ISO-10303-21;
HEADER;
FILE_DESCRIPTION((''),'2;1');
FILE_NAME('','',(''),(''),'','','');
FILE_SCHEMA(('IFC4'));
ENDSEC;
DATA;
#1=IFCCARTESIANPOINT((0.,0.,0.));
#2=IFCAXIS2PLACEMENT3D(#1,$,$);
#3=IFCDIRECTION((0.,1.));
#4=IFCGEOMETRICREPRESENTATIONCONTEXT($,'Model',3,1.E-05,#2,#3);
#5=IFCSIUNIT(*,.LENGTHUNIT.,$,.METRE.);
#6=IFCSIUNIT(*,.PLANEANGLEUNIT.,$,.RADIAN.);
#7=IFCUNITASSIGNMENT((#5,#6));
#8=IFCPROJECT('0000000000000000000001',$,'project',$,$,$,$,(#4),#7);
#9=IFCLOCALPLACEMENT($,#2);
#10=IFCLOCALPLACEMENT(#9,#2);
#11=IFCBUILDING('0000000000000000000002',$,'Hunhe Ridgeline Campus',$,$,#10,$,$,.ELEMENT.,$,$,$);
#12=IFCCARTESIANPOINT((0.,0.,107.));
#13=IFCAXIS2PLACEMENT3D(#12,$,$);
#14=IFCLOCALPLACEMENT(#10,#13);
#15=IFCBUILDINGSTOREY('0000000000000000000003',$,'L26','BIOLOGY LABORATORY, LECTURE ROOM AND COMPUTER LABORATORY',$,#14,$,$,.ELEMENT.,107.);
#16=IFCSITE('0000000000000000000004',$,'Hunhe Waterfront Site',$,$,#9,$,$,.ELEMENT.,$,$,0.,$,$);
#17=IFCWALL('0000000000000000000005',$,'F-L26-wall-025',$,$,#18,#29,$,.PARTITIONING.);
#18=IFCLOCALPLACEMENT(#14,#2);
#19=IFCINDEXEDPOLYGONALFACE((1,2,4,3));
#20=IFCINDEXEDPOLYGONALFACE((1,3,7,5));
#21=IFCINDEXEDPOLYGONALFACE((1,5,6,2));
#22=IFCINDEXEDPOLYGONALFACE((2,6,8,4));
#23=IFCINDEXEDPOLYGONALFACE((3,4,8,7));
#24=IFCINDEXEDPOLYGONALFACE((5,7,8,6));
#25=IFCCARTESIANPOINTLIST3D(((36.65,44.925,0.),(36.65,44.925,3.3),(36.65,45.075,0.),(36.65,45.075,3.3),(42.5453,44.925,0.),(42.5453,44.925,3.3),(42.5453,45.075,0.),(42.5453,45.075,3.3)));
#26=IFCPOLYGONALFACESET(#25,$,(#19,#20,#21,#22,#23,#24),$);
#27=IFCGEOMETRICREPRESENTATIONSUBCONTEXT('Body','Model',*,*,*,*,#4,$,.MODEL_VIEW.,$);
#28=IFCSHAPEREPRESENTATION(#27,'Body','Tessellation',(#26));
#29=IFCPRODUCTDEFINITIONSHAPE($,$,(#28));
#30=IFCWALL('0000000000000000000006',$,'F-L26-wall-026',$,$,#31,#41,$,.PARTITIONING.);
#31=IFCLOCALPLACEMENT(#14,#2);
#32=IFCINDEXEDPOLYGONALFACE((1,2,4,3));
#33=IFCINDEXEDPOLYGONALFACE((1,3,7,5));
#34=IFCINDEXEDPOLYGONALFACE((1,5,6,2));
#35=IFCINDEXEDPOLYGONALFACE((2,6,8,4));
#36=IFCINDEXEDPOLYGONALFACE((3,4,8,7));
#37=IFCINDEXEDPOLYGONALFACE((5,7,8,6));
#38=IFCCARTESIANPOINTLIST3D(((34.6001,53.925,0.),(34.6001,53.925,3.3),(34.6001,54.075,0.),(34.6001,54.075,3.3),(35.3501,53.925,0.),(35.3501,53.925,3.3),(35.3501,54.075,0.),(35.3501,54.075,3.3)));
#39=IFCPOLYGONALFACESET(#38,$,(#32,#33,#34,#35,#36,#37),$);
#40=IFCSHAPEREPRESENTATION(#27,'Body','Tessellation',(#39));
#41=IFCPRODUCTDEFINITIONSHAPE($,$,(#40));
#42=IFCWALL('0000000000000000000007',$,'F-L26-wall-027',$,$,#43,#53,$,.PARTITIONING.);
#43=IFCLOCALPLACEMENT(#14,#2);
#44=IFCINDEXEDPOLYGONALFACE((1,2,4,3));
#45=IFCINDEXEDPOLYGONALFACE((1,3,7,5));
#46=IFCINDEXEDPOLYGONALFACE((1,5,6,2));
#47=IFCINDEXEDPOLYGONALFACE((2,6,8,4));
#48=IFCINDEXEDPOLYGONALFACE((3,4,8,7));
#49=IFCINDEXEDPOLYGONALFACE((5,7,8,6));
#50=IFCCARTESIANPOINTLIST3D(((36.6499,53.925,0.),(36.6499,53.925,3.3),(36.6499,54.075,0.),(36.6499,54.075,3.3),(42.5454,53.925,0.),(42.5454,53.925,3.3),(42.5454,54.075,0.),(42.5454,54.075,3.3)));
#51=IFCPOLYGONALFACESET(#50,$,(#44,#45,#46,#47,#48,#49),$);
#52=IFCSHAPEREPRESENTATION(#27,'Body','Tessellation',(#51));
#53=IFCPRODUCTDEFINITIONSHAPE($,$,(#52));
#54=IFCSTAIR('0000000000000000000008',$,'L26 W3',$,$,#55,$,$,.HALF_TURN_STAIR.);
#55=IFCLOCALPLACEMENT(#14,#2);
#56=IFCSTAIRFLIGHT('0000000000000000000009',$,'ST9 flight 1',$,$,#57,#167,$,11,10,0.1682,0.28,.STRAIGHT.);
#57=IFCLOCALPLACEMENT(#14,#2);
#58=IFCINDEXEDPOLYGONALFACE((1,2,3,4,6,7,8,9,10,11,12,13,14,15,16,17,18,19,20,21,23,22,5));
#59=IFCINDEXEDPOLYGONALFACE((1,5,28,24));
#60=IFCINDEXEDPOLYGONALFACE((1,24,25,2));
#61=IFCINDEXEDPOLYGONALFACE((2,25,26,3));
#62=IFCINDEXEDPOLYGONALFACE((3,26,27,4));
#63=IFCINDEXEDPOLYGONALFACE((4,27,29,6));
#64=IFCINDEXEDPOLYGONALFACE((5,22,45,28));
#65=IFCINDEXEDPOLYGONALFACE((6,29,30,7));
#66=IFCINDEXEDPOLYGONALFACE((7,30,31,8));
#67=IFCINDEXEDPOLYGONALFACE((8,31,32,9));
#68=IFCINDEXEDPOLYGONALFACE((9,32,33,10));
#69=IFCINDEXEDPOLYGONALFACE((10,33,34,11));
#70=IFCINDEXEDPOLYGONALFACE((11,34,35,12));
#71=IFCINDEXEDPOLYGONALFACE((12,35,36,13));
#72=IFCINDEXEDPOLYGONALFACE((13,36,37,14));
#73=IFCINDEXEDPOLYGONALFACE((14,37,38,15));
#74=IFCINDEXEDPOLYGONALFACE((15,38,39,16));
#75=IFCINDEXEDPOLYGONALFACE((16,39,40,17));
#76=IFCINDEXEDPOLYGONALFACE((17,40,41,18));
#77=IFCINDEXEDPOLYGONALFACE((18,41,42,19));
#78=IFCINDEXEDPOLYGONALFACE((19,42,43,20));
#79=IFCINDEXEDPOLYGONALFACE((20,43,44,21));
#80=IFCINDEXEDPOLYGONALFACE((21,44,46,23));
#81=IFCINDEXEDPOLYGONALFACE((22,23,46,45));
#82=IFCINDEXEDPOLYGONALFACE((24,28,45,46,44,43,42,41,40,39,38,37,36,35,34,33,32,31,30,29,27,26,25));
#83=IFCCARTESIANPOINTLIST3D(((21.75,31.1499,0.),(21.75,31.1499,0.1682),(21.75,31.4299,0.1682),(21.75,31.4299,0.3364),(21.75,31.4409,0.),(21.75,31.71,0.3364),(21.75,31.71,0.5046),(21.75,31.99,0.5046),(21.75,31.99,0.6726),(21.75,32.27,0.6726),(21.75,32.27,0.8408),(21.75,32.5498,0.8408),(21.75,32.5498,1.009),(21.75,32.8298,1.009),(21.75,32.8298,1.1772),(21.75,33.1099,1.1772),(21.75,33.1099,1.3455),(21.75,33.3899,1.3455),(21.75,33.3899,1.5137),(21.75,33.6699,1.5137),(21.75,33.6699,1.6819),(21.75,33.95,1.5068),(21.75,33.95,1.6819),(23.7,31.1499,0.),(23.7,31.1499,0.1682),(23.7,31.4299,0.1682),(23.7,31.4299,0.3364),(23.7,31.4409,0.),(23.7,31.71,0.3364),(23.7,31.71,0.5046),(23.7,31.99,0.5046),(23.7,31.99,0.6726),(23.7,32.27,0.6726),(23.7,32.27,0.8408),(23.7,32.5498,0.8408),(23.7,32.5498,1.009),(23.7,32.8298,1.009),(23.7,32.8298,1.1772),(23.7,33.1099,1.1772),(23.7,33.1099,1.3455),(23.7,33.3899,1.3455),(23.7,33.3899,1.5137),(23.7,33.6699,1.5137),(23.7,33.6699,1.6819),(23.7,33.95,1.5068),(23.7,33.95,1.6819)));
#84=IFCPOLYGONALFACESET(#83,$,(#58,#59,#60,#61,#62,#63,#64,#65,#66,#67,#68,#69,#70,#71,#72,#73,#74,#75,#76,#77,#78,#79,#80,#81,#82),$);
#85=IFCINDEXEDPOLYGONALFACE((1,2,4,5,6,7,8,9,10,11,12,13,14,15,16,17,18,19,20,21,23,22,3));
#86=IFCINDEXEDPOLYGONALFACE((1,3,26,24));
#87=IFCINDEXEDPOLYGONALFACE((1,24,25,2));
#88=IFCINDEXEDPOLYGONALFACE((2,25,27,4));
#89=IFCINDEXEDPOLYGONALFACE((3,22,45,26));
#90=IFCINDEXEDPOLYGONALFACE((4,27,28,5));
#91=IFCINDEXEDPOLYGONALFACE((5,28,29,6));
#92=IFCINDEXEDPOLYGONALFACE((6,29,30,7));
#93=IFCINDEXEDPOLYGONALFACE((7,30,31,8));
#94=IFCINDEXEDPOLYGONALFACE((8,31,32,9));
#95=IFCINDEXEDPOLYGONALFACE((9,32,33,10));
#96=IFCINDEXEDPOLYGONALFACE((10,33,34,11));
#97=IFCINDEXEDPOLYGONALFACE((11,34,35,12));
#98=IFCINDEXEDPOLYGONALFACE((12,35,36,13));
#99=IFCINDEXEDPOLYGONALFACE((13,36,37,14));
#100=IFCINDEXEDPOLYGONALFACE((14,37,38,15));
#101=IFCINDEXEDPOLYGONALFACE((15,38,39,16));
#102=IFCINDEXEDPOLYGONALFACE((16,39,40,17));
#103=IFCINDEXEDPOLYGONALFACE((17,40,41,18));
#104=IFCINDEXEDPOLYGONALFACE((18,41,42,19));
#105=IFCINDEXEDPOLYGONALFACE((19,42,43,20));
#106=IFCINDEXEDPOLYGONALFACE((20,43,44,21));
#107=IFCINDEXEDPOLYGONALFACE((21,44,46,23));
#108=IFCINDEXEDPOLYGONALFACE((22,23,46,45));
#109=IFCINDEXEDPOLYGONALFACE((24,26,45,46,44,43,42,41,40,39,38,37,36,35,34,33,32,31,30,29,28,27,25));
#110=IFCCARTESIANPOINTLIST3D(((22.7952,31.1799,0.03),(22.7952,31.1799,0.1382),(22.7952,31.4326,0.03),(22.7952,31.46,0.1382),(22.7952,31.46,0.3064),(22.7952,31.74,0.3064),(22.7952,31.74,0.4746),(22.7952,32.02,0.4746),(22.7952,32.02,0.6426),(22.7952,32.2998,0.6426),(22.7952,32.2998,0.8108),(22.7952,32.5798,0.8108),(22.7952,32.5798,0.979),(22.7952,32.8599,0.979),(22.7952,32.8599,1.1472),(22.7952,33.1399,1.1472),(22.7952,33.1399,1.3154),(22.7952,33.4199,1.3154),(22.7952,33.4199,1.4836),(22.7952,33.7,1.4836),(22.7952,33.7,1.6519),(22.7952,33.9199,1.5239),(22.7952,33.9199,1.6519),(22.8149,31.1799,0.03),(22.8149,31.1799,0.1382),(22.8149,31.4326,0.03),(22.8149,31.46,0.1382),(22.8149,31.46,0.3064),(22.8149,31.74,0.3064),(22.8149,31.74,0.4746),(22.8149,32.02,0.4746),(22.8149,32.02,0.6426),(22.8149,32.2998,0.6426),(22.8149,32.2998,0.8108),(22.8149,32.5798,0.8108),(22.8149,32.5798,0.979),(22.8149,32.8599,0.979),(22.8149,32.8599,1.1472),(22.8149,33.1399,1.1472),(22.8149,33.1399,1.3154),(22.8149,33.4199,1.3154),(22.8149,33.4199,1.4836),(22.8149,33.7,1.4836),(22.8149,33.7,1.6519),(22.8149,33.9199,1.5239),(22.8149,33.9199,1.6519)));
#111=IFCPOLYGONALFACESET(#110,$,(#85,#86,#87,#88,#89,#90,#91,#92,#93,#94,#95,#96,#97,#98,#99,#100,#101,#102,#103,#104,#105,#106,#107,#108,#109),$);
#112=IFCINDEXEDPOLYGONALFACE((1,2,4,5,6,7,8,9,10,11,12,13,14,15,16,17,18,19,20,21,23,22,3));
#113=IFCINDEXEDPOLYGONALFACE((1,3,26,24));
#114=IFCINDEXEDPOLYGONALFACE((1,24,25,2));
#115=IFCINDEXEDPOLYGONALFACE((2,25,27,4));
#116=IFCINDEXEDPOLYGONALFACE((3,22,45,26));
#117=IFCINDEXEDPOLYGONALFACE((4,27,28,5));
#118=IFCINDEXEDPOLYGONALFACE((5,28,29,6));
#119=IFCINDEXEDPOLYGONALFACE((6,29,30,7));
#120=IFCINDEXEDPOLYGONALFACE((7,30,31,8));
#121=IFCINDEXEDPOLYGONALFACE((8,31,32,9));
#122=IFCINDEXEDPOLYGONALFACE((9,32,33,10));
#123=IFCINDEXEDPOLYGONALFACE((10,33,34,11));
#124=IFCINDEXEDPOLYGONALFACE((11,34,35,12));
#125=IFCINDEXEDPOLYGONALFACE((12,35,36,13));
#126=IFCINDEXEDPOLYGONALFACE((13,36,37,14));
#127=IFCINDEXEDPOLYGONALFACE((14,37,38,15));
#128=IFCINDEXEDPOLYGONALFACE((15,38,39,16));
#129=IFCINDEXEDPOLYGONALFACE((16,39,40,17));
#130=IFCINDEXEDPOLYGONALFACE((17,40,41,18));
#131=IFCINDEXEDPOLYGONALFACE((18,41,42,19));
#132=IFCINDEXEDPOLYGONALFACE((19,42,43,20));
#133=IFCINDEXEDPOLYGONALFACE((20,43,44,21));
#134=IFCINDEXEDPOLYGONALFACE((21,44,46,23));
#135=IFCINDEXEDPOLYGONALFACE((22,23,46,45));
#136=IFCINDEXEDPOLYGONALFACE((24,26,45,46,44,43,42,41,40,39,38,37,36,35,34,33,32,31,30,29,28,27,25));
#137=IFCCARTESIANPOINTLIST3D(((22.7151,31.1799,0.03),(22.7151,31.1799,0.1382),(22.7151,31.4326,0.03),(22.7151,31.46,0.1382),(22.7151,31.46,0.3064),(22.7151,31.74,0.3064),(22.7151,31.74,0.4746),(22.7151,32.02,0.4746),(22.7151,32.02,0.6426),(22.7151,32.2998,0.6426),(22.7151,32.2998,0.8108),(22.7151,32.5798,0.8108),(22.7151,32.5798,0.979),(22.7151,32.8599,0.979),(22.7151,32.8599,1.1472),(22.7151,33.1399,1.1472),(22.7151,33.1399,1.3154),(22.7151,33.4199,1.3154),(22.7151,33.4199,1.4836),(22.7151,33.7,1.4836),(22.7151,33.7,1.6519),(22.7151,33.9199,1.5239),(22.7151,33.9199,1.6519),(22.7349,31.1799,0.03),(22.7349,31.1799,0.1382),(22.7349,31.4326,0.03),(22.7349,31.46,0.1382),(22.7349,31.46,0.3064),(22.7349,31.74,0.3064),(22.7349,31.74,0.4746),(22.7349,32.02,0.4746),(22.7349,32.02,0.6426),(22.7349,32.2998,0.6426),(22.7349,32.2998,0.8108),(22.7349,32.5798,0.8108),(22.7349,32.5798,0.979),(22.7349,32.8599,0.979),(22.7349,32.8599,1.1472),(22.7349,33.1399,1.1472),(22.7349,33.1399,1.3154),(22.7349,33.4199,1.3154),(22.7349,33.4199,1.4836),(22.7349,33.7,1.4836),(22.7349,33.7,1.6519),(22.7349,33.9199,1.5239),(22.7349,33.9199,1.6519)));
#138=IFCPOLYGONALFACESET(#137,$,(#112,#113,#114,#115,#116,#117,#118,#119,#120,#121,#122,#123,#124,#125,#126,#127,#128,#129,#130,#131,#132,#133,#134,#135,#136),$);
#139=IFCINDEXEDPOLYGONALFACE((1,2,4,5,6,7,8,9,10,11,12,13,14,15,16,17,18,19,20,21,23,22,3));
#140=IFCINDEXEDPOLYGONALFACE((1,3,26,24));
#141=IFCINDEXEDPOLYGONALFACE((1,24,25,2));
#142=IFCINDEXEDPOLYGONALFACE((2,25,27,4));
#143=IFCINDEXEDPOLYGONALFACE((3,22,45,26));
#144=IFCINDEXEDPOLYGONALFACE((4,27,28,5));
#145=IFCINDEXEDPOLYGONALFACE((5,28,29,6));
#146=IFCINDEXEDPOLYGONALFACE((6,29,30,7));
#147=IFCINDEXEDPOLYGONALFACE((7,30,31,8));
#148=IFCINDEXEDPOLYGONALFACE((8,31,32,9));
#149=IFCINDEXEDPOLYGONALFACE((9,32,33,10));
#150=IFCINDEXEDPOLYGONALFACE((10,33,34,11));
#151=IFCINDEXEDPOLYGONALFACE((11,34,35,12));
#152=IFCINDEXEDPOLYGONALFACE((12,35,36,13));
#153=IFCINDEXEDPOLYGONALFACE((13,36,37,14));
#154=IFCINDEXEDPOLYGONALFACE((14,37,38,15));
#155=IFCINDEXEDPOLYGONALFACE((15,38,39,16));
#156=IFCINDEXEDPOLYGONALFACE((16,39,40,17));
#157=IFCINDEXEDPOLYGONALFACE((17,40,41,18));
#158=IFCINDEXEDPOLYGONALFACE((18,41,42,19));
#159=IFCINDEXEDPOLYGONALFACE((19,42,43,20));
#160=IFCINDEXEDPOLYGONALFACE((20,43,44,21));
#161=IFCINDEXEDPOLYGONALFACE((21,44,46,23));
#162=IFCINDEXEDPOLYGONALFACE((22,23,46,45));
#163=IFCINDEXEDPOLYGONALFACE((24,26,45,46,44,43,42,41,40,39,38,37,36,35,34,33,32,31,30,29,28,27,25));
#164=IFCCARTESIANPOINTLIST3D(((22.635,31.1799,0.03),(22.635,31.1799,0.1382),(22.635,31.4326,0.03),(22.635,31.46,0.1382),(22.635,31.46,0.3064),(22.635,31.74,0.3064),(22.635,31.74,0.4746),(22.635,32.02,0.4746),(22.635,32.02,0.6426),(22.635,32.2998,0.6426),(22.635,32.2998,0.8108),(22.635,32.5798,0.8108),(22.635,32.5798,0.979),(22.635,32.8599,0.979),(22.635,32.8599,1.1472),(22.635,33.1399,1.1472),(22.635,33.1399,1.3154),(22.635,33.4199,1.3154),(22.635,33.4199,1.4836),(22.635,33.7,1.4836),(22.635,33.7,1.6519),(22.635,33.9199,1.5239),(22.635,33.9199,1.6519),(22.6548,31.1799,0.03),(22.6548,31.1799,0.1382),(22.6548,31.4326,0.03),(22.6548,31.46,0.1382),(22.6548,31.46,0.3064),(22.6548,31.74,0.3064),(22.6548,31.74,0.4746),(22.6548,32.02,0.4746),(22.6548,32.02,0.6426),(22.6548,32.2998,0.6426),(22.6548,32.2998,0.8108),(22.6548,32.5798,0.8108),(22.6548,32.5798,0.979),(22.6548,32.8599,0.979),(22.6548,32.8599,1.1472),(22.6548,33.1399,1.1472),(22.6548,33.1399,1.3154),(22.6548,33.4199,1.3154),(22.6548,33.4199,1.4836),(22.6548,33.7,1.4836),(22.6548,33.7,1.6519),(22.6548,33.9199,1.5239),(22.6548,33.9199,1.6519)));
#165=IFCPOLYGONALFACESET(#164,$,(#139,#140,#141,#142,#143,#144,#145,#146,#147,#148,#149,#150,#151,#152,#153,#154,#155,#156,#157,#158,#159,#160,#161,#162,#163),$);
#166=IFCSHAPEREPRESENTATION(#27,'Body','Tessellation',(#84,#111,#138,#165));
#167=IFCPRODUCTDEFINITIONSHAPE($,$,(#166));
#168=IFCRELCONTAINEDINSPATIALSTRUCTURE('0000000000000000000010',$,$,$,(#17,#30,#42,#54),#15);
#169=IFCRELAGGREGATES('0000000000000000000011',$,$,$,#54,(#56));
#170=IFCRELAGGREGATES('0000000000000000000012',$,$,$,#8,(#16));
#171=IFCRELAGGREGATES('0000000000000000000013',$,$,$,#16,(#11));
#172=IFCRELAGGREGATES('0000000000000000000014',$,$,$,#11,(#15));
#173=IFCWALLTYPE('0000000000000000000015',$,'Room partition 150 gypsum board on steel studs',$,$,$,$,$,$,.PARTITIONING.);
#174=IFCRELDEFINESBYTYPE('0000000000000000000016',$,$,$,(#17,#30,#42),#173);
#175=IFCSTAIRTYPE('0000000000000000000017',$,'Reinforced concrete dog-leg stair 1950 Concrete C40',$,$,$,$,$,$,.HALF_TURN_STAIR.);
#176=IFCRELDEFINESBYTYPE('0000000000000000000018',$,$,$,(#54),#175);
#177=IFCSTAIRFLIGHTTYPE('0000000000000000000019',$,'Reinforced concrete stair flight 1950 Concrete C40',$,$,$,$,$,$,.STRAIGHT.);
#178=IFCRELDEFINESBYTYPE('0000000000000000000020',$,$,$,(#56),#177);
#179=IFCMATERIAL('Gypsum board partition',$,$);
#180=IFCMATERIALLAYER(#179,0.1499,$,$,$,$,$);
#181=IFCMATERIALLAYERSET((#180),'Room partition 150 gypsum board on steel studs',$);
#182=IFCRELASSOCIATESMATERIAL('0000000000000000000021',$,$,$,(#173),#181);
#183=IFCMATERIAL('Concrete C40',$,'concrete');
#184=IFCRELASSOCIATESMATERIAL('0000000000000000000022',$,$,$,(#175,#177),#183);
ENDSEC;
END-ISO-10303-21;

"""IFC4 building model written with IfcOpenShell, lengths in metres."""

from ifc_helpers import new_model, si_unit, direction, frame, frame_2d, origin, place, context, subcontext, project, spatial, polyline, rectangle, outline, extrude, material, layer, layer_set, type_object, element, aggregate, save


model = new_model("IFC4")

# Units and contexts
model_context = context("Model", 3, precision=1e-05, world=origin(), true_north=direction((0.0, 1.0)))
body_context = subcontext(model_context, "Body", "Model", "MODEL_VIEW")
ifc_project = project(units=[si_unit("LENGTHUNIT", "METRE"), si_unit("PLANEANGLEUNIT", "RADIAN")], contexts=[model_context])

# Site, building, storey
site_placement = place(None, origin())
site = spatial("IfcSite", under=ifc_project, at=site_placement, Name="Hunhe Waterfront Site", CompositionType="ELEMENT", RefElevation=0.0)
building_placement = place(site_placement, origin())
building = spatial("IfcBuilding", under=site, at=building_placement, Name="Hunhe Ridgeline Campus", CompositionType="ELEMENT")
storey_placement = place(building_placement, frame((0.0, 0.0, 107.0)))
storey = spatial("IfcBuildingStorey", under=building, at=storey_placement, Name="L26", Description="BIOLOGY LABORATORY, LECTURE ROOM AND COMPUTER LABORATORY", CompositionType="ELEMENT", Elevation=107.0)

# Shared definitions
ifc_material_1 = material(Name="Gypsum board partition")

# Walls
ifc_layer_1 = layer(ifc_material_1, 0.1499)
ifc_layer_set_1 = layer_set([ifc_layer_1], Name="Room partition 150 gypsum board on steel studs")
wall_type_1 = type_object("IfcWallType", Name="Room partition 150 gypsum board on steel studs", PredefinedType="PARTITIONING", material=ifc_layer_set_1)
wall_1_placement = place(storey_placement, frame((36.6499, 45.0, 0.0), z_axis=(0.0, 0.0, 1.0), x_axis=(1.0, 0.0, 0.0)))
element("IfcWall", 1, at=wall_1_placement, inside=storey, type_object=wall_type_1, Name="F-L26-wall-025", PredefinedType="PARTITIONING", context=body_context, shape_type="SweptSolid", body=[
    extrude(rectangle(XDim=5.8953, YDim=0.1499, at=frame_2d((2.9478, 0.0))), origin(), (0.0, 0.0, 1.0), 3.3),
])
wall_2_placement = place(storey_placement, frame((34.6001, 54.0, 0.0), z_axis=(0.0, 0.0, 1.0), x_axis=(1.0, 0.0, 0.0)))
element("IfcWall", 2, at=wall_2_placement, inside=storey, type_object=wall_type_1, Name="F-L26-wall-026", PredefinedType="PARTITIONING", context=body_context, shape_type="SweptSolid", body=[
    extrude(rectangle(XDim=0.75, YDim=0.1499, at=frame_2d((0.375, 0.0))), origin(), (0.0, 0.0, 1.0), 3.3),
])
wall_3_placement = place(storey_placement, frame((36.6499, 54.0, 0.0), z_axis=(0.0, 0.0, 1.0), x_axis=(1.0, 0.0, 0.0)))
element("IfcWall", 3, at=wall_3_placement, inside=storey, type_object=wall_type_1, Name="F-L26-wall-027", PredefinedType="PARTITIONING", context=body_context, shape_type="SweptSolid", body=[
    extrude(rectangle(XDim=5.8955, YDim=0.1499, at=frame_2d((2.9478, 0.0))), origin(), (0.0, 0.0, 1.0), 3.3),
])

# Stair, stair flight
ifc_material_2 = material(Name="Concrete C40", Category="concrete")
stair_type = type_object("IfcStairType", Name="Reinforced concrete dog-leg stair 1950 Concrete C40", PredefinedType="HALF_TURN_STAIR", material=ifc_material_2)
stair_placement = place(storey_placement, origin())
stair = element("IfcStair", 4, at=stair_placement, inside=storey, type_object=stair_type, Name="L26 W3", PredefinedType="HALF_TURN_STAIR")
stair_flight_type = type_object("IfcStairFlightType", Name="Reinforced concrete stair flight 1950 Concrete C40", PredefinedType="STRAIGHT", material=ifc_material_2)
stair_flight_placement = place(storey_placement, frame((22.7251, 31.1499, 0.0), z_axis=(0.0, 0.0, 1.0), x_axis=(0.0, 1.0, 0.0)))
stair_flight = element("IfcStairFlight", 5, at=stair_flight_placement, type_object=stair_flight_type, Name="ST9 flight 1", NumberOfRisers=11, NumberOfTreads=10, PredefinedType="STRAIGHT", RiserHeight=0.1682, TreadLength=0.28, context=body_context, shape_type="SweptSolid", body=[
    extrude(outline(polyline([(0.0, 0.0), (0.0, 0.1682), (0.28, 0.1682), (0.28, 0.3364), (0.5601, 0.3364), (0.5601, 0.5046), (0.8401, 0.5046), (0.8401, 0.6726), (1.1201, 0.6726), (1.1201, 0.8408), (1.3999, 0.8408), (1.3999, 1.009), (1.6799, 1.009), (1.6799, 1.1772), (1.96, 1.1772), (1.96, 1.3455), (2.24, 1.3455), (2.24, 1.5137), (2.52, 1.5137), (2.52, 1.6819), (2.8, 1.6819), (2.8, 1.8501), (2.8, 1.5068), (0.291, 0.0), (0.0, 0.0)])), frame((0.0, 0.9751, 0.0), z_axis=(0.0, -1.0, 0.0), x_axis=(1.0, 0.0, 0.0)), (0.0, 0.0, 1.0), 1.95),
    extrude(outline(polyline([(0.03, 0.03), (0.03, 0.1382), (0.3101, 0.1382), (0.3101, 0.3064), (0.5901, 0.3064), (0.5901, 0.4746), (0.8701, 0.4746), (0.8701, 0.6426), (1.1499, 0.6426), (1.1499, 0.8108), (1.4299, 0.8108), (1.4299, 0.979), (1.71, 0.979), (1.71, 1.1472), (1.99, 1.1472), (1.99, 1.3154), (2.27, 1.3154), (2.27, 1.4836), (2.55, 1.4836), (2.55, 1.6519), (2.77, 1.6519), (2.77, 1.5239), (0.2827, 0.03), (0.03, 0.03)])), frame((0.0, -0.0701, 0.0), z_axis=(0.0, -1.0, 0.0), x_axis=(1.0, 0.0, 0.0)), (0.0, 0.0, 1.0), 0.0198),
    extrude(outline(polyline([(0.03, 0.03), (0.03, 0.1382), (0.3101, 0.1382), (0.3101, 0.3064), (0.5901, 0.3064), (0.5901, 0.4746), (0.8701, 0.4746), (0.8701, 0.6426), (1.1499, 0.6426), (1.1499, 0.8108), (1.4299, 0.8108), (1.4299, 0.979), (1.71, 0.979), (1.71, 1.1472), (1.99, 1.1472), (1.99, 1.3154), (2.27, 1.3154), (2.27, 1.4836), (2.55, 1.4836), (2.55, 1.6519), (2.77, 1.6519), (2.77, 1.5239), (0.2827, 0.03), (0.03, 0.03)])), frame((0.0, 0.01, 0.0), z_axis=(0.0, -1.0, 0.0), x_axis=(1.0, 0.0, 0.0)), (0.0, 0.0, 1.0), 0.0198),
    extrude(outline(polyline([(0.03, 0.03), (0.03, 0.1382), (0.3101, 0.1382), (0.3101, 0.3064), (0.5901, 0.3064), (0.5901, 0.4746), (0.8701, 0.4746), (0.8701, 0.6426), (1.1499, 0.6426), (1.1499, 0.8108), (1.4299, 0.8108), (1.4299, 0.979), (1.71, 0.979), (1.71, 1.1472), (1.99, 1.1472), (1.99, 1.3154), (2.27, 1.3154), (2.27, 1.4836), (2.55, 1.4836), (2.55, 1.6519), (2.77, 1.6519), (2.77, 1.5239), (0.2827, 0.03), (0.03, 0.03)])), frame((0.0, 0.0901, 0.0), z_axis=(0.0, -1.0, 0.0), x_axis=(1.0, 0.0, 0.0)), (0.0, 0.0, 1.0), 0.0198),
])
aggregate(stair, [stair_flight])

save(model, "model.ifc")
